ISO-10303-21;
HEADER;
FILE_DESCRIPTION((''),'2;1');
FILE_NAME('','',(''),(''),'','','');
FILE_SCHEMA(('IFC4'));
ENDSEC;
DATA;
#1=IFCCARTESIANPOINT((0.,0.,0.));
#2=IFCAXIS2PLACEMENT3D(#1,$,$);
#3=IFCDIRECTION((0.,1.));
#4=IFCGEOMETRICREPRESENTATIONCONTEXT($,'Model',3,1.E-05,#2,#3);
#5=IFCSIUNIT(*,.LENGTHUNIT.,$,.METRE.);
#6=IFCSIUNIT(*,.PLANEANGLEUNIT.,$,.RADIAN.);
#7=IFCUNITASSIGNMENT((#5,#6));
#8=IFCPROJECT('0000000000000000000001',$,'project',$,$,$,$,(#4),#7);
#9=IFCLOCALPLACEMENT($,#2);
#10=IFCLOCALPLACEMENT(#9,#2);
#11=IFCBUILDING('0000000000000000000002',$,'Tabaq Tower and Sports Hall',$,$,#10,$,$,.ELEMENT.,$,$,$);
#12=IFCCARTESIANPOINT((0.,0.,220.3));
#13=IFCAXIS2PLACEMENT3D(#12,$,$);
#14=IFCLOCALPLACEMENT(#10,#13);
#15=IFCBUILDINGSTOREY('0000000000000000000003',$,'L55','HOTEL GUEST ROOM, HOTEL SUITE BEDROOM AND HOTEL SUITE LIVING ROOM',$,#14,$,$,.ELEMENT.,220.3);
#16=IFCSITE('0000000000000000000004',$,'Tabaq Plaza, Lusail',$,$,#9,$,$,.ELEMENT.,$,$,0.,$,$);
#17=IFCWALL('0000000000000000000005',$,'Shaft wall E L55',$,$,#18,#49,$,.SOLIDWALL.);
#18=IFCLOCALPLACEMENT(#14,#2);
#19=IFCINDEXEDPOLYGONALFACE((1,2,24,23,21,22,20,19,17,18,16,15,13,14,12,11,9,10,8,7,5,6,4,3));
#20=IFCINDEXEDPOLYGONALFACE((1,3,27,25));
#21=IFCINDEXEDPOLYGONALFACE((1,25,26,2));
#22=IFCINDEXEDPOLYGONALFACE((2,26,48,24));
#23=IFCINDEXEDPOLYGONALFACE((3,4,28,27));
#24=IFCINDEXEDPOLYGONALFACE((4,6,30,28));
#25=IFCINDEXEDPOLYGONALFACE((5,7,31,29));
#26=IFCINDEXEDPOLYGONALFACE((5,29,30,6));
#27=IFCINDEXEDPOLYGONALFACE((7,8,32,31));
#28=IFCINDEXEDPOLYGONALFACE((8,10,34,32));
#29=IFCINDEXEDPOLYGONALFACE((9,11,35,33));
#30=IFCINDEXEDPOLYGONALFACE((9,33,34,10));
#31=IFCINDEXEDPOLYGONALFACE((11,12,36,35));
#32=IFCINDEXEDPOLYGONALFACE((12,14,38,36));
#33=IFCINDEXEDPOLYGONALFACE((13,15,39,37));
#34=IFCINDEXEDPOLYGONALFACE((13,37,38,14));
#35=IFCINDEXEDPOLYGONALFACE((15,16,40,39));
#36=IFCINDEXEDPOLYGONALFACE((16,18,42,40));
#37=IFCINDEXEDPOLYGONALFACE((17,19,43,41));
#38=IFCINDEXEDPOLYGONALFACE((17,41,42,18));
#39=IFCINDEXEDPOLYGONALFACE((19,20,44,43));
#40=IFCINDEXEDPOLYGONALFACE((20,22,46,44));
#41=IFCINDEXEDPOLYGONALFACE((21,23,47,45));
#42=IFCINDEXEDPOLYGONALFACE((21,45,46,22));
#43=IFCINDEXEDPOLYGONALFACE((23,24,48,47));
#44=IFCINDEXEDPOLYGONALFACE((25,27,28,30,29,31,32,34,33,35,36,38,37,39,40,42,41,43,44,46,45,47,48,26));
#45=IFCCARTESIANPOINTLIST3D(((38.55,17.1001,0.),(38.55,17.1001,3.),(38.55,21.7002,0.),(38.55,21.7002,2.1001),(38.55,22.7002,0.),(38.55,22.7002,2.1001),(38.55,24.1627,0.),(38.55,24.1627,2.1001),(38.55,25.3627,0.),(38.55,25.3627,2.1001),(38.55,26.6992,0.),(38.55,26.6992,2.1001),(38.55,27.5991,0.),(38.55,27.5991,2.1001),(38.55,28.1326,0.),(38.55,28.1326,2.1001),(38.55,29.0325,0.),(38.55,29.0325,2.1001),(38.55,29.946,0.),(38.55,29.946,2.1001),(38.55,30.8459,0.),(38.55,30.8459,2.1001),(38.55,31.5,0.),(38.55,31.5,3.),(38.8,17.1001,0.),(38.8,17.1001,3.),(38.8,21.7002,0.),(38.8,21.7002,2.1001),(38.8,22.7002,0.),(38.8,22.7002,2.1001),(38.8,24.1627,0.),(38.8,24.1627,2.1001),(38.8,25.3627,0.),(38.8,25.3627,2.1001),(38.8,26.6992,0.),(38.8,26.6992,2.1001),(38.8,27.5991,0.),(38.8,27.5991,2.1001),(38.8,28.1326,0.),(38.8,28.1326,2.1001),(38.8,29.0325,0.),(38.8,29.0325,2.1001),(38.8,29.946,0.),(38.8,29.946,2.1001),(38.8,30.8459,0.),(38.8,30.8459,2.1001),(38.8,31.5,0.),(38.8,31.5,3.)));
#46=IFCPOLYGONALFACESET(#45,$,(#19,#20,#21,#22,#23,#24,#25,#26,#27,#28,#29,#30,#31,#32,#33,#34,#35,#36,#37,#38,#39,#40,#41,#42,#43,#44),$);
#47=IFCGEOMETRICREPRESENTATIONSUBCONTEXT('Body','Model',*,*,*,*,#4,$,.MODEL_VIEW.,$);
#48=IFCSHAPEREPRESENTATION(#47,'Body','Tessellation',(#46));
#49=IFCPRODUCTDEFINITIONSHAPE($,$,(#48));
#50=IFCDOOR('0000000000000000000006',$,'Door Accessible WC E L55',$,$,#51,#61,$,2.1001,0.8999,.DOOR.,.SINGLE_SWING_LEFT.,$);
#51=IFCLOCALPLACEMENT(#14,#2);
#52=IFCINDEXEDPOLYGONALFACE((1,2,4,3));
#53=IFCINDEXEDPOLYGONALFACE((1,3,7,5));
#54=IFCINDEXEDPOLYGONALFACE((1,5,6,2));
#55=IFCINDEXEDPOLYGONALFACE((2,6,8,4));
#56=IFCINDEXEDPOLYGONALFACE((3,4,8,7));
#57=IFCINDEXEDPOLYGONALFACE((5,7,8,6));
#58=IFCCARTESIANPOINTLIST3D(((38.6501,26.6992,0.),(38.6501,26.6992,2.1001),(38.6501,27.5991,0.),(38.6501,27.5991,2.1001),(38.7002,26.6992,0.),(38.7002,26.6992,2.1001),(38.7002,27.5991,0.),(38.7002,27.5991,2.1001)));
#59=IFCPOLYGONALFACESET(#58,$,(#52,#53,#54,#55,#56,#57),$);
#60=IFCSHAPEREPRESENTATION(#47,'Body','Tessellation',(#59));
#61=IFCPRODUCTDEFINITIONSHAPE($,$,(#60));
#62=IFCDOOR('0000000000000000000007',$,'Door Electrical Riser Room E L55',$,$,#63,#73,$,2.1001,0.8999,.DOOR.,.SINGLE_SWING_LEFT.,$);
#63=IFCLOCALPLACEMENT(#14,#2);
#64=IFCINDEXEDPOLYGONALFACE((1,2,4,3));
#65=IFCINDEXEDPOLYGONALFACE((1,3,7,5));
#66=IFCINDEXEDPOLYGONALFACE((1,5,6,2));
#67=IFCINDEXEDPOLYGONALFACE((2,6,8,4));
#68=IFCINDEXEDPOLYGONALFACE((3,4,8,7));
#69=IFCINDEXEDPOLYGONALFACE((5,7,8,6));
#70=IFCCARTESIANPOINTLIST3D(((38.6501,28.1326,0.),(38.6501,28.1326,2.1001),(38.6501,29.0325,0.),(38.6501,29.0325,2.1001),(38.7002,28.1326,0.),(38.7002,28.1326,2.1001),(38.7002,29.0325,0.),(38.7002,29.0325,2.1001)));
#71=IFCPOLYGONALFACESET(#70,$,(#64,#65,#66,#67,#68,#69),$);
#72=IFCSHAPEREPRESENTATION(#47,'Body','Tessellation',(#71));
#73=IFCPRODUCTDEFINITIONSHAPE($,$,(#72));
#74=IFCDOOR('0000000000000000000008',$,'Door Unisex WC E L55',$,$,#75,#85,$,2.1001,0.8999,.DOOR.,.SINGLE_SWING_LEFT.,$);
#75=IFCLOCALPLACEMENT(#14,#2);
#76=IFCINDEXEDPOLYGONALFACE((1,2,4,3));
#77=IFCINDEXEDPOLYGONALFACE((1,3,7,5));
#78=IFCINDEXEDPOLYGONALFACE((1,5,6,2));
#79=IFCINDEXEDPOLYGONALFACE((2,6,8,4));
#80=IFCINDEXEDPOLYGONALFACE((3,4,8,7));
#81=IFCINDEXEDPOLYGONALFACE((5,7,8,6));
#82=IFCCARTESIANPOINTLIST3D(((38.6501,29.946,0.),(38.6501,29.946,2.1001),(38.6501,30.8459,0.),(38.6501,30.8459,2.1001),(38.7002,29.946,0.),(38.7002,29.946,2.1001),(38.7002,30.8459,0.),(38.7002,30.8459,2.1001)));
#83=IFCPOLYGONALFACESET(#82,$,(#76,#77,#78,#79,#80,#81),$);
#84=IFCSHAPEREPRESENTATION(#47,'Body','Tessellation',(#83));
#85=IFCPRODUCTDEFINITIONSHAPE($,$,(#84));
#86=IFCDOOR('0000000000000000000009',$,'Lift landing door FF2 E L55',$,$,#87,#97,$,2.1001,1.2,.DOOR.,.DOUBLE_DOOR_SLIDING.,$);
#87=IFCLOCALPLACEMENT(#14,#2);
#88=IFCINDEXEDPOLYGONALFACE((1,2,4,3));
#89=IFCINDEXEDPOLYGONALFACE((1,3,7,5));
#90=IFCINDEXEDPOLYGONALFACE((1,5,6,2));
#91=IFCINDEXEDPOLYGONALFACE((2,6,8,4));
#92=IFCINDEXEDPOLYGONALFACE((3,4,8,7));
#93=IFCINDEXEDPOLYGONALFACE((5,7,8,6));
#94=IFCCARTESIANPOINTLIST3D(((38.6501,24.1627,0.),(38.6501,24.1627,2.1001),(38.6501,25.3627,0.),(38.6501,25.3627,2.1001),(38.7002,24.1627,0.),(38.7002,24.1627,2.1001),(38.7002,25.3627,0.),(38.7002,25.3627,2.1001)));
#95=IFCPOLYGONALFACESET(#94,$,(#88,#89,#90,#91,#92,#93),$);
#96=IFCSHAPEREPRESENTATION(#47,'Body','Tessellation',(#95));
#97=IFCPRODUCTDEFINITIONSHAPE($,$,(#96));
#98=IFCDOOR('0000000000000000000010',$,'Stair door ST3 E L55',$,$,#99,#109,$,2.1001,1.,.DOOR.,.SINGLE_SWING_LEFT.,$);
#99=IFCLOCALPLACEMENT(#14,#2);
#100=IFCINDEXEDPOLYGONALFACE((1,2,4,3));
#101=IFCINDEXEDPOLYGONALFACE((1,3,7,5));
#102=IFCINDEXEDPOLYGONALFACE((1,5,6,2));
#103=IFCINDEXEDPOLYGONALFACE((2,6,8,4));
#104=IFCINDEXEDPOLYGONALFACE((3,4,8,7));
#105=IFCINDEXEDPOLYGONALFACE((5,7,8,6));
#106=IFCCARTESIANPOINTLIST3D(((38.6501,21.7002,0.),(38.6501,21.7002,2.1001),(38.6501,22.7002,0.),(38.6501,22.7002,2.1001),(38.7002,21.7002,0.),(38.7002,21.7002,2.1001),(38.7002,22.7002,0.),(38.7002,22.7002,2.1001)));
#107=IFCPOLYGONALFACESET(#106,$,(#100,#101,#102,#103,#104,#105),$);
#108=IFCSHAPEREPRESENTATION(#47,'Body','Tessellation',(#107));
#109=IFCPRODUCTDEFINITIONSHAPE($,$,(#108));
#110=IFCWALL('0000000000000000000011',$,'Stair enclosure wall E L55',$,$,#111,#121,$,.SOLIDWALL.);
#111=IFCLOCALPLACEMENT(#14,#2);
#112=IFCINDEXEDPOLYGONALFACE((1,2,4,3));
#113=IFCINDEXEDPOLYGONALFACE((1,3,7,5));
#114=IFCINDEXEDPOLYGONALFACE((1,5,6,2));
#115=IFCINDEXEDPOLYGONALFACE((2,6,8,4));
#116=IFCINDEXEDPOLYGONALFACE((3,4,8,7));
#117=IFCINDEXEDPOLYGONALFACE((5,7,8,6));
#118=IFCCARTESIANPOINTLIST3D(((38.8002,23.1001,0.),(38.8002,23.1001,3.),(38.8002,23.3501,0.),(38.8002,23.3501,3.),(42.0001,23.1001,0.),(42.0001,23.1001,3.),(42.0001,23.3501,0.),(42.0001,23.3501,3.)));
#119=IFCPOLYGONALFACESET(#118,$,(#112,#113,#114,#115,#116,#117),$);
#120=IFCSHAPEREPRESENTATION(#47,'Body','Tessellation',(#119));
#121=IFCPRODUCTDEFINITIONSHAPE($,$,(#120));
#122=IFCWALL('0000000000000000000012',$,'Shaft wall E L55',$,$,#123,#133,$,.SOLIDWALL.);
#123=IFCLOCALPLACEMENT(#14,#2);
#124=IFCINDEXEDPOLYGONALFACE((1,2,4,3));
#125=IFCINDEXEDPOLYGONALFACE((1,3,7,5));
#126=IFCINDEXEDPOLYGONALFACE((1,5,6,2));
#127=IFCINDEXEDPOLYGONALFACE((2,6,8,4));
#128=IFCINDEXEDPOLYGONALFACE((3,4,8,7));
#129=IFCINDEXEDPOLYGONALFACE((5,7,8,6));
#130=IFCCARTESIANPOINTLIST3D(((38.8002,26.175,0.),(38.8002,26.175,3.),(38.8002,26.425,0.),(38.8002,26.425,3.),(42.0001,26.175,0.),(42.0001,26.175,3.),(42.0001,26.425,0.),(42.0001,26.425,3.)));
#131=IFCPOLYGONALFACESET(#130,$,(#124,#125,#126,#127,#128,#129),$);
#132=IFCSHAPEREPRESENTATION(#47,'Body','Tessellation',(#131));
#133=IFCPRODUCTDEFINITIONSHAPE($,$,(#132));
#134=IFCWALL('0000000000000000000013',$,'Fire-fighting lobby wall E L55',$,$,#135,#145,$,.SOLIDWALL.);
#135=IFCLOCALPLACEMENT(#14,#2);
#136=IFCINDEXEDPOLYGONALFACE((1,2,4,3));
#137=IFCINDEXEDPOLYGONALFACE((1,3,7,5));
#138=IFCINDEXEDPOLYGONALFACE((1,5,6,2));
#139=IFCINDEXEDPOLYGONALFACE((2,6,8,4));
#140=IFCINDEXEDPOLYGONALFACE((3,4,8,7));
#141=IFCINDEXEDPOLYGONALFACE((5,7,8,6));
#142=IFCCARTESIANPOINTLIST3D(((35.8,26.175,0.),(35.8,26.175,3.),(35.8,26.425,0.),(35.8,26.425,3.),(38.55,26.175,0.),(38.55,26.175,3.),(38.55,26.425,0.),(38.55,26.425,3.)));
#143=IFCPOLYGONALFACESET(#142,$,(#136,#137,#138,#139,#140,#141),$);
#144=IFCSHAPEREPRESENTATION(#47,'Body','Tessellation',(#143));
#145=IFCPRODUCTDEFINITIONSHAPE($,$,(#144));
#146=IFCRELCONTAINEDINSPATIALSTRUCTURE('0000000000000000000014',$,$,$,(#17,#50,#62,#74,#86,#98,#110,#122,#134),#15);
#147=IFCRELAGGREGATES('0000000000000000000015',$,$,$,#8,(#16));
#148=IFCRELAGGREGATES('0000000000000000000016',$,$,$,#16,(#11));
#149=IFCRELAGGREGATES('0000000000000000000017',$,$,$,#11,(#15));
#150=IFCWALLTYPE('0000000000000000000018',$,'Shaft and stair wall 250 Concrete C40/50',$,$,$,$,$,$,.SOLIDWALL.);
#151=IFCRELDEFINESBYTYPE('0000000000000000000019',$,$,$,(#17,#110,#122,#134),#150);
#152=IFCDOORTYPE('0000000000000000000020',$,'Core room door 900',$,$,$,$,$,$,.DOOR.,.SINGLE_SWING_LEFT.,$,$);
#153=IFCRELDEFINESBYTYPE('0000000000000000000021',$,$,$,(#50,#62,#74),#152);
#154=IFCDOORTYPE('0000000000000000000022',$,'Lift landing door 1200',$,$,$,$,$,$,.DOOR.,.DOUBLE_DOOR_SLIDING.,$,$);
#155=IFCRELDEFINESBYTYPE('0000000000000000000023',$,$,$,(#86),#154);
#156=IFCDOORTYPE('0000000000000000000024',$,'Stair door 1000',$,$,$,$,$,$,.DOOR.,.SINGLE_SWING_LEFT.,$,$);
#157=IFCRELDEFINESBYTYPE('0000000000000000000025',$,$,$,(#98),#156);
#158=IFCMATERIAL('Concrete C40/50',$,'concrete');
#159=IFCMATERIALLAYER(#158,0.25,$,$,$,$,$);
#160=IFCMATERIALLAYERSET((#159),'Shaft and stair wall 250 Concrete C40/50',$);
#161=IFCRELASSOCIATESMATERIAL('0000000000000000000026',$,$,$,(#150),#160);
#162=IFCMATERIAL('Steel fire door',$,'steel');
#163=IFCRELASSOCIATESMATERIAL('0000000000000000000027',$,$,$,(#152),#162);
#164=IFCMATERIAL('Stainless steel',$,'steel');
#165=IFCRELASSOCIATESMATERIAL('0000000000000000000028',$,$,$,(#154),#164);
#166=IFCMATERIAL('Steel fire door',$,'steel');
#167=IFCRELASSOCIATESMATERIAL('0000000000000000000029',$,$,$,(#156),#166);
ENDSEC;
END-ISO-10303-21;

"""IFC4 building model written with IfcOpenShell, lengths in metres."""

from ifc_helpers import new_model, si_unit, direction, frame, frame_2d, origin, place, context, subcontext, project, spatial, rectangle, extrude, material, layer, layer_set, type_object, element, fill, save


model = new_model("IFC4")

# Units and contexts
model_context = context("Model", 3, precision=1e-05, world=origin(), true_north=direction((0.0, 1.0)))
body_context = subcontext(model_context, "Body", "Model", "MODEL_VIEW")
ifc_project = project(units=[si_unit("LENGTHUNIT", "METRE"), si_unit("PLANEANGLEUNIT", "RADIAN")], contexts=[model_context])

# Site, building, storey
site_placement = place(None, origin())
site = spatial("IfcSite", under=ifc_project, at=site_placement, Name="Tabaq Plaza, Lusail", CompositionType="ELEMENT", RefElevation=0.0)
building_placement = place(site_placement, origin())
building = spatial("IfcBuilding", under=site, at=building_placement, Name="Tabaq Tower and Sports Hall", CompositionType="ELEMENT")
storey_placement = place(building_placement, frame((0.0, 0.0, 220.3)))
storey = spatial("IfcBuildingStorey", under=building, at=storey_placement, Name="L55", Description="HOTEL GUEST ROOM, HOTEL SUITE BEDROOM AND HOTEL SUITE LIVING ROOM", CompositionType="ELEMENT", Elevation=220.3)

# Wall, openings, doors
ifc_material_1 = material(Name="Concrete C40/50", Category="concrete")
ifc_layer_1 = layer(ifc_material_1, 0.25)
ifc_layer_set_1 = layer_set([ifc_layer_1], Name="Shaft and stair wall 250 Concrete C40/50")
wall_type_1 = type_object("IfcWallType", Name="Shaft and stair wall 250 Concrete C40/50", PredefinedType="SOLIDWALL", material=ifc_layer_set_1)
wall_1_placement = place(storey_placement, frame((38.675, 17.1001, 0.0), z_axis=(0.0, 0.0, 1.0), x_axis=(0.0, 1.0, 0.0)))
wall_1 = element("IfcWall", 1, at=wall_1_placement, inside=storey, type_object=wall_type_1, Name="Shaft wall E L55", PredefinedType="SOLIDWALL", context=body_context, shape_type="SweptSolid", body=[
    extrude(rectangle(XDim=14.3999, YDim=0.25, at=frame_2d((7.2, 0.0))), origin(), (0.0, 0.0, 1.0), 3.0),
])
opening_1_placement = place(wall_1_placement, frame((4.6001, 0.0, 0.0)))
opening_1 = element("IfcOpeningElement", 2, at=opening_1_placement, cuts=wall_1, PredefinedType="OPENING", context=body_context, shape_type="SweptSolid", body=[
    extrude(rectangle(XDim=1.0, YDim=2.1001, at=frame_2d((0.5, 1.05))), frame((0.0, 0.125, 0.0), z_axis=(0.0, -1.0, 0.0), x_axis=(1.0, 0.0, 0.0)), (0.0, 0.0, 1.0), 0.25),
])
opening_2_placement = place(wall_1_placement, frame((7.0625, 0.0, 0.0)))
opening_2 = element("IfcOpeningElement", 3, at=opening_2_placement, cuts=wall_1, PredefinedType="OPENING", context=body_context, shape_type="SweptSolid", body=[
    extrude(rectangle(XDim=1.2, YDim=2.1001, at=frame_2d((0.6001, 1.05))), frame((0.0, 0.125, 0.0), z_axis=(0.0, -1.0, 0.0), x_axis=(1.0, 0.0, 0.0)), (0.0, 0.0, 1.0), 0.25),
])
opening_3_placement = place(wall_1_placement, frame((9.5991, 0.0, 0.0)))
opening_3 = element("IfcOpeningElement", 4, at=opening_3_placement, cuts=wall_1, PredefinedType="OPENING", context=body_context, shape_type="SweptSolid", body=[
    extrude(rectangle(XDim=0.8999, YDim=2.1001, at=frame_2d((0.45, 1.05))), frame((0.0, 0.125, 0.0), z_axis=(0.0, -1.0, 0.0), x_axis=(1.0, 0.0, 0.0)), (0.0, 0.0, 1.0), 0.25),
])
opening_4_placement = place(wall_1_placement, frame((11.0325, 0.0, 0.0)))
opening_4 = element("IfcOpeningElement", 5, at=opening_4_placement, cuts=wall_1, PredefinedType="OPENING", context=body_context, shape_type="SweptSolid", body=[
    extrude(rectangle(XDim=0.8999, YDim=2.1001, at=frame_2d((0.45, 1.05))), frame((0.0, 0.125, 0.0), z_axis=(0.0, -1.0, 0.0), x_axis=(1.0, 0.0, 0.0)), (0.0, 0.0, 1.0), 0.25),
])
opening_5_placement = place(wall_1_placement, frame((12.8459, 0.0, 0.0)))
opening_5 = element("IfcOpeningElement", 6, at=opening_5_placement, cuts=wall_1, PredefinedType="OPENING", context=body_context, shape_type="SweptSolid", body=[
    extrude(rectangle(XDim=0.8999, YDim=2.1001, at=frame_2d((0.45, 1.05))), frame((0.0, 0.125, 0.0), z_axis=(0.0, -1.0, 0.0), x_axis=(1.0, 0.0, 0.0)), (0.0, 0.0, 1.0), 0.25),
])
ifc_material_2 = material(Name="Steel fire door", Category="steel")
door_type_1 = type_object("IfcDoorType", Name="Core room door 900", OperationType="SINGLE_SWING_LEFT", PredefinedType="DOOR", material=ifc_material_2)
door_1_placement = place(opening_3_placement, origin())
door_1 = element("IfcDoor", 7, at=door_1_placement, inside=storey, type_object=door_type_1, Name="Door Accessible WC E L55", OperationType="SINGLE_SWING_LEFT", OverallHeight=2.1001, OverallWidth=0.8999, PredefinedType="DOOR", context=body_context, shape_type="SweptSolid", body=[
    extrude(rectangle(XDim=0.8999, YDim=2.1001, at=frame_2d((0.45, 1.05))), frame((0.0, 0.0249, 0.0), z_axis=(0.0, -1.0, 0.0), x_axis=(1.0, 0.0, 0.0)), (0.0, 0.0, 1.0), 0.05),
])
fill(opening_3, door_1)
door_2_placement = place(opening_4_placement, origin())
door_2 = element("IfcDoor", 8, at=door_2_placement, inside=storey, type_object=door_type_1, Name="Door Electrical Riser Room E L55", OperationType="SINGLE_SWING_LEFT", OverallHeight=2.1001, OverallWidth=0.8999, PredefinedType="DOOR", context=body_context, shape_type="SweptSolid", body=[
    extrude(rectangle(XDim=0.8999, YDim=2.1001, at=frame_2d((0.45, 1.05))), frame((0.0, 0.0249, 0.0), z_axis=(0.0, -1.0, 0.0), x_axis=(1.0, 0.0, 0.0)), (0.0, 0.0, 1.0), 0.05),
])
fill(opening_4, door_2)
door_3_placement = place(opening_5_placement, origin())
door_3 = element("IfcDoor", 9, at=door_3_placement, inside=storey, type_object=door_type_1, Name="Door Unisex WC E L55", OperationType="SINGLE_SWING_LEFT", OverallHeight=2.1001, OverallWidth=0.8999, PredefinedType="DOOR", context=body_context, shape_type="SweptSolid", body=[
    extrude(rectangle(XDim=0.8999, YDim=2.1001, at=frame_2d((0.45, 1.05))), frame((0.0, 0.0249, 0.0), z_axis=(0.0, -1.0, 0.0), x_axis=(1.0, 0.0, 0.0)), (0.0, 0.0, 1.0), 0.05),
])
fill(opening_5, door_3)
ifc_material_3 = material(Name="Stainless steel", Category="steel")
door_type_2 = type_object("IfcDoorType", Name="Lift landing door 1200", OperationType="DOUBLE_DOOR_SLIDING", PredefinedType="DOOR", material=ifc_material_3)
door_4_placement = place(opening_2_placement, origin())
door_4 = element("IfcDoor", 10, at=door_4_placement, inside=storey, type_object=door_type_2, Name="Lift landing door FF2 E L55", OperationType="DOUBLE_DOOR_SLIDING", OverallHeight=2.1001, OverallWidth=1.2, PredefinedType="DOOR", context=body_context, shape_type="SweptSolid", body=[
    extrude(rectangle(XDim=1.2, YDim=2.1001, at=frame_2d((0.6001, 1.05))), frame((0.0, 0.0249, 0.0), z_axis=(0.0, -1.0, 0.0), x_axis=(1.0, 0.0, 0.0)), (0.0, 0.0, 1.0), 0.05),
])
fill(opening_2, door_4)
ifc_material_4 = material(Name="Steel fire door", Category="steel")
door_type_3 = type_object("IfcDoorType", Name="Stair door 1000", OperationType="SINGLE_SWING_LEFT", PredefinedType="DOOR", material=ifc_material_4)
door_5_placement = place(opening_1_placement, origin())
door_5 = element("IfcDoor", 11, at=door_5_placement, inside=storey, type_object=door_type_3, Name="Stair door ST3 E L55", OperationType="SINGLE_SWING_LEFT", OverallHeight=2.1001, OverallWidth=1.0, PredefinedType="DOOR", context=body_context, shape_type="SweptSolid", body=[
    extrude(rectangle(XDim=1.0, YDim=2.1001, at=frame_2d((0.5, 1.05))), frame((0.0, 0.0249, 0.0), z_axis=(0.0, -1.0, 0.0), x_axis=(1.0, 0.0, 0.0)), (0.0, 0.0, 1.0), 0.05),
])
fill(opening_1, door_5)

# Walls
for number, where, z_axis, x_axis, name in (
    (12, (38.8, 23.2251, 0.0), (0.0, 0.0, 1.0), (1.0, 0.0, 0.0), "Stair enclosure wall E L55"),
    (13, (38.8, 26.3, 0.0), (0.0, 0.0, 1.0), (1.0, 0.0, 0.0), "Shaft wall E L55"),
):
    element("IfcWall", number, at=place(storey_placement, frame(where, z_axis=z_axis, x_axis=x_axis)), inside=storey, type_object=wall_type_1, Name=name, PredefinedType="SOLIDWALL", context=body_context, shape_type="SweptSolid", body=[
        extrude(rectangle(XDim=3.2, YDim=0.25, at=frame_2d((1.6001, 0.0))), origin(), (0.0, 0.0, 1.0), 3.0),
    ])
wall_2_placement = place(storey_placement, frame((35.8, 26.3, 0.0), z_axis=(0.0, 0.0, 1.0), x_axis=(1.0, 0.0, 0.0)))
element("IfcWall", 14, at=wall_2_placement, inside=storey, type_object=wall_type_1, Name="Fire-fighting lobby wall E L55", PredefinedType="SOLIDWALL", context=body_context, shape_type="SweptSolid", body=[
    extrude(rectangle(XDim=2.75, YDim=0.25, at=frame_2d((1.375, 0.0))), origin(), (0.0, 0.0, 1.0), 3.0),
])

save(model, "model.ifc")
